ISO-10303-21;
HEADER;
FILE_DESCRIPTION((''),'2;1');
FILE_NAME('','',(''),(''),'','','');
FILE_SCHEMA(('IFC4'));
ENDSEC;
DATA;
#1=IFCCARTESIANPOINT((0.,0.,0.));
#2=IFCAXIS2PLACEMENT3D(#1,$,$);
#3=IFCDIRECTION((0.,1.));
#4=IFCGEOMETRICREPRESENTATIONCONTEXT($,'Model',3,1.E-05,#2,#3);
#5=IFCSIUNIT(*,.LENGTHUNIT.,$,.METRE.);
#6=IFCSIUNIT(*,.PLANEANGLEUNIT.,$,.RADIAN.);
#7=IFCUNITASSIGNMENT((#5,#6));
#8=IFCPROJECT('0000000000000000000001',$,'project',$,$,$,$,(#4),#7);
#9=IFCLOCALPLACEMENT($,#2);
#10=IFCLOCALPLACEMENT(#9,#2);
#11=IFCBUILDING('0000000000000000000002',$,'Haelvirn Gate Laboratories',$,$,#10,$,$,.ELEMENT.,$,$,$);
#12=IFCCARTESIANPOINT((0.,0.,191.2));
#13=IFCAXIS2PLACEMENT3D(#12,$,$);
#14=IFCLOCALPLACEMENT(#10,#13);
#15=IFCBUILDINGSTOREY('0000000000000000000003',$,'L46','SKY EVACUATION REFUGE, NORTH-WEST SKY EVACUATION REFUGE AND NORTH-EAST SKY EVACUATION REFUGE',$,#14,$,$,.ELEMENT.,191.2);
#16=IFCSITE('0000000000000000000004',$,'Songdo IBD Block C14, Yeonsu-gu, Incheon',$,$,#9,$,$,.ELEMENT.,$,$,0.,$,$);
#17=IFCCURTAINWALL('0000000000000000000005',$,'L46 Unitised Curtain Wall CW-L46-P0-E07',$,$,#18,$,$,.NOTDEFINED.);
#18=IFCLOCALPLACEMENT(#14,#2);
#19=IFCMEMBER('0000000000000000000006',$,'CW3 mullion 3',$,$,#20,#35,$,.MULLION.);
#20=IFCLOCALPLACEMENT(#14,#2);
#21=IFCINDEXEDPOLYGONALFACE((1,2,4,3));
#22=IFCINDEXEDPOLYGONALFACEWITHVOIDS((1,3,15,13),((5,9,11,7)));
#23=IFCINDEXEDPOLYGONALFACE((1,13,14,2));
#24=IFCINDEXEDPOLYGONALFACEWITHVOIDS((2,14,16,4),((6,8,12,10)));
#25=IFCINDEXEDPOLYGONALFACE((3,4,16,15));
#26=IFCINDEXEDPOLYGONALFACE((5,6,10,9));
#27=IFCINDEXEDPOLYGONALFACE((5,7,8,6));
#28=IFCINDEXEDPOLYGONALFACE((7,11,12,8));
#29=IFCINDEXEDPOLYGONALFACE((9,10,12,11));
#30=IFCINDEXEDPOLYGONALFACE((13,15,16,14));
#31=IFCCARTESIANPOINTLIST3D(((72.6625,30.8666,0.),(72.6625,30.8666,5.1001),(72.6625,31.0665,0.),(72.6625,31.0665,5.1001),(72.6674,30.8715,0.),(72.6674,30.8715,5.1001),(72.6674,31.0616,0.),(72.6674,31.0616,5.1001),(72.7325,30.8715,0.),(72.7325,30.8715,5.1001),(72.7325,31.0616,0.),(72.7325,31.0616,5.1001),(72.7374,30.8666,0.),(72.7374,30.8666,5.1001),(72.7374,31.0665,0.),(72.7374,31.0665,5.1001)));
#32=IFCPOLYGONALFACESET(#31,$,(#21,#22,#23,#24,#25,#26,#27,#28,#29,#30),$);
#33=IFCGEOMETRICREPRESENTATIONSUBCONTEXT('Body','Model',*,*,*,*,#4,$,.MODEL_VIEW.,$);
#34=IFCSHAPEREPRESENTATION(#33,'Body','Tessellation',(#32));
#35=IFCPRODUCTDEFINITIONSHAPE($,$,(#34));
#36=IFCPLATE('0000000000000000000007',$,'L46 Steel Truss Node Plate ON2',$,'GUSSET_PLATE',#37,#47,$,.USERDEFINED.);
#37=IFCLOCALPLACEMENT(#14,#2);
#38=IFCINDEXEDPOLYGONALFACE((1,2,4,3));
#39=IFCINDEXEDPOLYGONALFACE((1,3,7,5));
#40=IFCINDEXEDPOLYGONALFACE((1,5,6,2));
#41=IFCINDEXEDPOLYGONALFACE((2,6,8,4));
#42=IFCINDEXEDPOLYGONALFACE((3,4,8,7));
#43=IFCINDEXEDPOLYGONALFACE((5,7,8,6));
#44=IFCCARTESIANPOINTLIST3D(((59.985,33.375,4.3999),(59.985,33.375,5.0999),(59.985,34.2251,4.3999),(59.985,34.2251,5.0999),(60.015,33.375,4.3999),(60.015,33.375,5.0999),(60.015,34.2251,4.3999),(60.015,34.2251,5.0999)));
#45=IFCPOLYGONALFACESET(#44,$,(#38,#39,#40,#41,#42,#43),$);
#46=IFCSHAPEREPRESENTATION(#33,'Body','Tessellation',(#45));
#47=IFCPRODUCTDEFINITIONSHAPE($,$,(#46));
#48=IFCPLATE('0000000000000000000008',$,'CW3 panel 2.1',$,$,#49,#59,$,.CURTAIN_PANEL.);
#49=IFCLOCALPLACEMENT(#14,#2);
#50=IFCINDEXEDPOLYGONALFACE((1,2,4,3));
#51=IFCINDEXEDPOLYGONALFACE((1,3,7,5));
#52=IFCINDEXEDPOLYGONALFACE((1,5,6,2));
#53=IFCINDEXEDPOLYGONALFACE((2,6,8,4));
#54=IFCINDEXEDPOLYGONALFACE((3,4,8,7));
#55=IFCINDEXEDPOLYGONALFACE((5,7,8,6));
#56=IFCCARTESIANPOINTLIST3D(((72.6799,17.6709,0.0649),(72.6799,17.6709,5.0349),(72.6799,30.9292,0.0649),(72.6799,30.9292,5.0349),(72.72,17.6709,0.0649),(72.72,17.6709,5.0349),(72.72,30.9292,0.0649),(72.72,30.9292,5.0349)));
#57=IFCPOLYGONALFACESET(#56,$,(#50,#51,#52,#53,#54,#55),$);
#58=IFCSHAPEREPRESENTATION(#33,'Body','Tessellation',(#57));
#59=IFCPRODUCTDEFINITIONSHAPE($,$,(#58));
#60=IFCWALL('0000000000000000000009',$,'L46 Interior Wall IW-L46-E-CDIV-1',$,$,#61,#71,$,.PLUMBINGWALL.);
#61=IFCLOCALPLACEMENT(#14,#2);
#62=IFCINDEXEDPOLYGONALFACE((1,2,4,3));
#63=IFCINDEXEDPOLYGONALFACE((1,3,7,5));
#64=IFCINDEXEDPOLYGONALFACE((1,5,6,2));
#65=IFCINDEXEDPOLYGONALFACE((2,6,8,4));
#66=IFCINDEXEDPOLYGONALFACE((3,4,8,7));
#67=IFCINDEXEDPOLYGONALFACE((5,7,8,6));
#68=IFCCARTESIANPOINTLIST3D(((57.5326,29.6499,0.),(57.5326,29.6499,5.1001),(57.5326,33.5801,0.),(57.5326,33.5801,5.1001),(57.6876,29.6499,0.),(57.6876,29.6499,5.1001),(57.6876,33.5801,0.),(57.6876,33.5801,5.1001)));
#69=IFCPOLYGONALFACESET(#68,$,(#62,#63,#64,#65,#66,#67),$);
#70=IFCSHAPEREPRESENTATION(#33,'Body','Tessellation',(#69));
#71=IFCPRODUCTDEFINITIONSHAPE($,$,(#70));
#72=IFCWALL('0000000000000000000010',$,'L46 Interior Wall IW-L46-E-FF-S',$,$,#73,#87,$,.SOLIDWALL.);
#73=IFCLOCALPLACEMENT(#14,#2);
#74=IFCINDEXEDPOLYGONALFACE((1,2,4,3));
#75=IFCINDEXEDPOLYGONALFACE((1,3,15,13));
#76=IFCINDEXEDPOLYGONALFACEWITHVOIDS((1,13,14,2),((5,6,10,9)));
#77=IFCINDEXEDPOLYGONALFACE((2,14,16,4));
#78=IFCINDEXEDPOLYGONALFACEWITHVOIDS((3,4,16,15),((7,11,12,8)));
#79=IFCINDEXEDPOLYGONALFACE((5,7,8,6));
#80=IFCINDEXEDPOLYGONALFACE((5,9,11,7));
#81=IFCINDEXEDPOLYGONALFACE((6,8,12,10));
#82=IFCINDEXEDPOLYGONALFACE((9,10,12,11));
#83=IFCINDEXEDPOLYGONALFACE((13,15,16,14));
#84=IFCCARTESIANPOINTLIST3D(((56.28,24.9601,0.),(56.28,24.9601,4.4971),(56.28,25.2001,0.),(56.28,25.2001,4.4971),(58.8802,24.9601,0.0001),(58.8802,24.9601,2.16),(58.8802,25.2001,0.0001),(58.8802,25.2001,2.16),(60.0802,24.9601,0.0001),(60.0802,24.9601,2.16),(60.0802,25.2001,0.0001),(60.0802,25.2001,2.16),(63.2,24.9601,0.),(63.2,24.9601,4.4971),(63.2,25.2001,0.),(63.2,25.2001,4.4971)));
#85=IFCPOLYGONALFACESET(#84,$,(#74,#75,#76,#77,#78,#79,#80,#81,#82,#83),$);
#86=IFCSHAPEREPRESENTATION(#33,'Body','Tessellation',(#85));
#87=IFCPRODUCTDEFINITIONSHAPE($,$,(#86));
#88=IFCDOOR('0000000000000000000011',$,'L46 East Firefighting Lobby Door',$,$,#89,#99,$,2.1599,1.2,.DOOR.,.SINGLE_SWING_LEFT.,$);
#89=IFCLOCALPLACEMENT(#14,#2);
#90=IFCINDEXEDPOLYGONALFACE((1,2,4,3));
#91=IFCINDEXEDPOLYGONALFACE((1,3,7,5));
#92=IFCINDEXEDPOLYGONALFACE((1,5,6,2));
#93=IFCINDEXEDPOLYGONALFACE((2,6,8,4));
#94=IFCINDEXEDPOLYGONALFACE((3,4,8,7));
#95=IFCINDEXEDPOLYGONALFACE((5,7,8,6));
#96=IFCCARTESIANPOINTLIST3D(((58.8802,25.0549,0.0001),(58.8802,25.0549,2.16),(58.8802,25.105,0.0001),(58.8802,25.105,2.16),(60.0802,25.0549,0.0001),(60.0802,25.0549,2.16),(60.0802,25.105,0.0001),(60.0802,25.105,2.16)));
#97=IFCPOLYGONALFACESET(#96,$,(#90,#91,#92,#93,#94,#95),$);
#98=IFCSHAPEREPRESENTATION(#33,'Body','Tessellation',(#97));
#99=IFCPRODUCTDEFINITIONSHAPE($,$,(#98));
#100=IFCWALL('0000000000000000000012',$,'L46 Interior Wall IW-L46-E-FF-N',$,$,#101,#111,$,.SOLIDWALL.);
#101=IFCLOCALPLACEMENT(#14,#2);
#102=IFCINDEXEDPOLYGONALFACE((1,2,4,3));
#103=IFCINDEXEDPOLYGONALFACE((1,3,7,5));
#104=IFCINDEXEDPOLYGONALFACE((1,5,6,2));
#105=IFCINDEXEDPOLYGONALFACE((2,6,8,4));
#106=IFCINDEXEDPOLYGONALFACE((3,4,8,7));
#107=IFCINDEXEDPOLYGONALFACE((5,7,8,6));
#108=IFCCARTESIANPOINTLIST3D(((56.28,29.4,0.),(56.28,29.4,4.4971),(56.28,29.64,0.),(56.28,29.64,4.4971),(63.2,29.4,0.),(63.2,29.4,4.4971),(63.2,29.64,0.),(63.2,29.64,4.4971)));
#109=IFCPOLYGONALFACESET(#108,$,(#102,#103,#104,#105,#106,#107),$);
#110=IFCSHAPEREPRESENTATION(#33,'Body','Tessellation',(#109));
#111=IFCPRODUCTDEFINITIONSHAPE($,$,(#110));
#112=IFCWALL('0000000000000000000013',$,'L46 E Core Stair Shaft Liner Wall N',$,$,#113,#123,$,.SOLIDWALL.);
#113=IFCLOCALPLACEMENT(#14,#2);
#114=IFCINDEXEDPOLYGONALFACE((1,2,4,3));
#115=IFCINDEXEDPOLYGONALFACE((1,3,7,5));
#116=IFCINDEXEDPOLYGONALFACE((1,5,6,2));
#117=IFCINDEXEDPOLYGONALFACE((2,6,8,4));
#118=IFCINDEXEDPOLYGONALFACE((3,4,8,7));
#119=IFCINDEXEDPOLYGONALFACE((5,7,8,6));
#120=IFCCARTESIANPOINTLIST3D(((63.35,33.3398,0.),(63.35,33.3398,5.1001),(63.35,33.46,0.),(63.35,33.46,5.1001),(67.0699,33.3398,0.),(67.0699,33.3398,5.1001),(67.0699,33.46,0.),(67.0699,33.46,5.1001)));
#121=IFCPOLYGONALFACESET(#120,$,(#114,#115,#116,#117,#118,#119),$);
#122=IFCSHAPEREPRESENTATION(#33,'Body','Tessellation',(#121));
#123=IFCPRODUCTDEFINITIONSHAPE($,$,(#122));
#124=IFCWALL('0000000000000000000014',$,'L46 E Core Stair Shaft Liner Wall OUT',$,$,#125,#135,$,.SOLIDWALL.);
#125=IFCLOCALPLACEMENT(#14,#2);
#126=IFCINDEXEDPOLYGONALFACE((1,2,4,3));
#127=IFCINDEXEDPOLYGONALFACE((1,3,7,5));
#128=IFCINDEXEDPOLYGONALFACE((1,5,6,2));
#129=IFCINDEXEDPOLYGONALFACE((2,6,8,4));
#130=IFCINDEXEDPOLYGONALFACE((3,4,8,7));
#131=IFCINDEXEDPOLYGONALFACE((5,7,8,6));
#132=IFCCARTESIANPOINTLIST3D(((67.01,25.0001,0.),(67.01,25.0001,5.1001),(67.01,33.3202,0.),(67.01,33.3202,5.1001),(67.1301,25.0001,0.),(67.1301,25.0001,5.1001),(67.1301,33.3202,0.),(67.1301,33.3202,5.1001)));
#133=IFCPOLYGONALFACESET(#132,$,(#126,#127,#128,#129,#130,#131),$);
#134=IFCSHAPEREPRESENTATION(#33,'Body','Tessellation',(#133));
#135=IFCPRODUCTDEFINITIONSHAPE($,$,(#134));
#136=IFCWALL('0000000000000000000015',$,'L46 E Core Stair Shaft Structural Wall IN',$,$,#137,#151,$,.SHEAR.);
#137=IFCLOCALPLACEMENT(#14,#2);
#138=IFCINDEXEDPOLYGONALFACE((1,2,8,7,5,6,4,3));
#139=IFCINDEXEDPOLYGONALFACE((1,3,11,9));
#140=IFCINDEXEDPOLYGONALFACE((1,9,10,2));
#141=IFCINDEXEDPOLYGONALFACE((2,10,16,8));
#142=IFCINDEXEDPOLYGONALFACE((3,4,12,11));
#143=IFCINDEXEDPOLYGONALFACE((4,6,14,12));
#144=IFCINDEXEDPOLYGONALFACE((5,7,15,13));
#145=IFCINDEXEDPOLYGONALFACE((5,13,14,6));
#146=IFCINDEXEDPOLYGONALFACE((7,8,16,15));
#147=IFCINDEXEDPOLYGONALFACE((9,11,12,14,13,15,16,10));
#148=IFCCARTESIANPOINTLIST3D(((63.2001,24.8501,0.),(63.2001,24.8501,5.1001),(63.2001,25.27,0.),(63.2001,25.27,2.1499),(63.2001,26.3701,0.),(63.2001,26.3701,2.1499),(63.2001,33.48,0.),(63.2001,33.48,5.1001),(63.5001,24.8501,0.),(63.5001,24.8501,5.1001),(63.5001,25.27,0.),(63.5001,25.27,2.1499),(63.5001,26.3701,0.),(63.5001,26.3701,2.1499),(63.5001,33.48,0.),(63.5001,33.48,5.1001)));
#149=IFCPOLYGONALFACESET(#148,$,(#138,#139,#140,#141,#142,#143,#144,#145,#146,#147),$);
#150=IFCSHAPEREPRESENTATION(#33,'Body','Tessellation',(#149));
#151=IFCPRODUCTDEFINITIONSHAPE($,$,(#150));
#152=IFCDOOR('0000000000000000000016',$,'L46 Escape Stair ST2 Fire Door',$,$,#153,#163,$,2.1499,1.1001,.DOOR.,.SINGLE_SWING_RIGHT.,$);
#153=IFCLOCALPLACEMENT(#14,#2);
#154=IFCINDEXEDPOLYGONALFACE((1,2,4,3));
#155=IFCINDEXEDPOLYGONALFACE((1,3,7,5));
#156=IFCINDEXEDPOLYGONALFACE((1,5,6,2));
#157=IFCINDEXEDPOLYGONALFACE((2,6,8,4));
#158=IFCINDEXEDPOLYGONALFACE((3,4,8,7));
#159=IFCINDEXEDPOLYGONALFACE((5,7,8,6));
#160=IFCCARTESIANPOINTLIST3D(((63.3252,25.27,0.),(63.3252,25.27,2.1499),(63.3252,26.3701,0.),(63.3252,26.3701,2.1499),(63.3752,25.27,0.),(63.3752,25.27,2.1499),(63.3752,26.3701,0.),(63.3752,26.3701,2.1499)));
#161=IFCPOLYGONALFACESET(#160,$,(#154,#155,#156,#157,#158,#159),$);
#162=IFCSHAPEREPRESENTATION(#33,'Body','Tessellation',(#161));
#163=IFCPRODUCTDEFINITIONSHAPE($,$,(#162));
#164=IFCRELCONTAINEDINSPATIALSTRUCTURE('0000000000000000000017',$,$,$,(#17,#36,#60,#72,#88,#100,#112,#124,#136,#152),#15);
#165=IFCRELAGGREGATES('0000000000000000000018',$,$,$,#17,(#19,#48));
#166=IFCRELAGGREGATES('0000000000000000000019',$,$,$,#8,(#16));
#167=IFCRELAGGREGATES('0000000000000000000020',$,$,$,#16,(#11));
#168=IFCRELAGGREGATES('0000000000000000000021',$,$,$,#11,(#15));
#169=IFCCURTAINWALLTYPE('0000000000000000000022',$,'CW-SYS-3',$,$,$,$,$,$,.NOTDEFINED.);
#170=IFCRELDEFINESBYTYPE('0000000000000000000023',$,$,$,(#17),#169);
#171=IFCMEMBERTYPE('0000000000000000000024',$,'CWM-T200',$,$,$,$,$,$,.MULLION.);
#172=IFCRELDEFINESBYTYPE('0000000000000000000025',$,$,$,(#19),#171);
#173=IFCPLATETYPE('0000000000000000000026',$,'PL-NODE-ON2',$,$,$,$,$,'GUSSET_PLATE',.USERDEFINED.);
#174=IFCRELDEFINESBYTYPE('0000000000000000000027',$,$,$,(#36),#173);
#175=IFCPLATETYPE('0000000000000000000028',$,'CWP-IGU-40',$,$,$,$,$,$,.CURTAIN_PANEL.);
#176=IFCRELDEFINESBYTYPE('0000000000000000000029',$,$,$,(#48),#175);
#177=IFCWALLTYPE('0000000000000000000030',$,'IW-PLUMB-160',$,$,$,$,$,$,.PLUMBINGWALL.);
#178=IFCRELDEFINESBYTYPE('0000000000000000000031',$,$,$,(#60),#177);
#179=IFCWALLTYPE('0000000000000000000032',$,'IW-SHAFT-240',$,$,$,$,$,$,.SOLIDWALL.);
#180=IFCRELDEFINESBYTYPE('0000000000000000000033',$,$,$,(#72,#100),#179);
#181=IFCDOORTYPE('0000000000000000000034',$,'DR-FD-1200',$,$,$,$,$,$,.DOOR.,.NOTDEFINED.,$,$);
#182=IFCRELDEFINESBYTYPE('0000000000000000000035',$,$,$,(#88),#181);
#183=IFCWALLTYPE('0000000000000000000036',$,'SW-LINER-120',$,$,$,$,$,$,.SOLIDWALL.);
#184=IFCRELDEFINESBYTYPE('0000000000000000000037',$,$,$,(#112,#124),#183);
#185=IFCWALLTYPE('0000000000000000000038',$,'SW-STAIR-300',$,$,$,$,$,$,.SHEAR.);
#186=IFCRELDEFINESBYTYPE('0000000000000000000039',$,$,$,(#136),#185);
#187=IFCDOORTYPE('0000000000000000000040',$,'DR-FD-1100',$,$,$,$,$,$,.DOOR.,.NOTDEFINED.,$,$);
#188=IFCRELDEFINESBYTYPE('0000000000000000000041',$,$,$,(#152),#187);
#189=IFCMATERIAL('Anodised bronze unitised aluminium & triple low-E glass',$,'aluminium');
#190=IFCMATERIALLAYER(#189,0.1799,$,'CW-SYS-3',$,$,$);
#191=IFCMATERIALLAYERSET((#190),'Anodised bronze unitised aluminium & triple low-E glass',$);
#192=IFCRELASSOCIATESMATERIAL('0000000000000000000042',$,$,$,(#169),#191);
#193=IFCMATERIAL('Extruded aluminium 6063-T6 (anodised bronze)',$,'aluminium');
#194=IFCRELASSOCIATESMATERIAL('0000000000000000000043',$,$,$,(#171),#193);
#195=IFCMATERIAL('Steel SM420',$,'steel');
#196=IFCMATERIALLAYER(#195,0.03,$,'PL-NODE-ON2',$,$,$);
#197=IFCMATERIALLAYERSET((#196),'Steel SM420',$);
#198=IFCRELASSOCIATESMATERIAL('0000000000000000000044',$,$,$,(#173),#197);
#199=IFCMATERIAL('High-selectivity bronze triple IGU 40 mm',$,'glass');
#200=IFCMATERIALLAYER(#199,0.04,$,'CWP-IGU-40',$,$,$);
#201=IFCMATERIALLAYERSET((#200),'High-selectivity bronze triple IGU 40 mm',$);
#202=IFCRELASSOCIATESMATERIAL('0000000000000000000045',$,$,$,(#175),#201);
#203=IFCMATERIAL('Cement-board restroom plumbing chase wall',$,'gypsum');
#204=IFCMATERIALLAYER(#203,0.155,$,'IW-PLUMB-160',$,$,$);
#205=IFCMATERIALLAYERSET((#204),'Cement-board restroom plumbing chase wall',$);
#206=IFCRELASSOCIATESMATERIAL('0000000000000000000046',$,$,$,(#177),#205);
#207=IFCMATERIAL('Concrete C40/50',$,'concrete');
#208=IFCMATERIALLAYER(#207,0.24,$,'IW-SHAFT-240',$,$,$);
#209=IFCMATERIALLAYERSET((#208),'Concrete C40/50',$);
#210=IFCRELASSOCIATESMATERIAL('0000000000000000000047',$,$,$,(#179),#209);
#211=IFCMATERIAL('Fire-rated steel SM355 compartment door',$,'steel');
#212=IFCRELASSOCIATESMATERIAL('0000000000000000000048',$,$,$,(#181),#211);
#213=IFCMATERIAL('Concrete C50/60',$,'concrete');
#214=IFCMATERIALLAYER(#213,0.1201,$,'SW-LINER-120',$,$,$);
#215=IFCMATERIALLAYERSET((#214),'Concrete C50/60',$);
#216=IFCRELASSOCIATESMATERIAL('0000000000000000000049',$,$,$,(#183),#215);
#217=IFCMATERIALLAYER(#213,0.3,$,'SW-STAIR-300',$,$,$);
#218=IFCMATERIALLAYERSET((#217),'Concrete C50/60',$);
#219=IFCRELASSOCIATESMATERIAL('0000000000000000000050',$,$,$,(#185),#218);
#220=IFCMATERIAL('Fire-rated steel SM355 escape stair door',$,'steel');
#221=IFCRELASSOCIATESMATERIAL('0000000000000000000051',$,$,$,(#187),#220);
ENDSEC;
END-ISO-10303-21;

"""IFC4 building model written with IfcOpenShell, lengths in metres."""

from ifc_helpers import new_model, si_unit, direction, frame, frame_2d, origin, origin_2d, place, context, subcontext, project, spatial, rectangle, hollow_rectangle, extrude, source, transform, mapped, material, layer, layer_set, material_profile, profile_set, type_object, type_shapes, element, fill, aggregate, save


model = new_model("IFC4")

# Units and contexts
model_context = context("Model", 3, precision=1e-05, world=origin(), true_north=direction((0.0, 1.0)))
body_context = subcontext(model_context, "Body", "Model", "MODEL_VIEW")
ifc_project = project(units=[si_unit("LENGTHUNIT", "METRE"), si_unit("PLANEANGLEUNIT", "RADIAN")], contexts=[model_context])

# Site, building, storey
site_placement = place(None, origin())
site = spatial("IfcSite", under=ifc_project, at=site_placement, Name="Songdo IBD Block C14, Yeonsu-gu, Incheon", CompositionType="ELEMENT", RefElevation=0.0)
building_placement = place(site_placement, origin())
building = spatial("IfcBuilding", under=site, at=building_placement, Name="Haelvirn Gate Laboratories", CompositionType="ELEMENT")
storey_placement = place(building_placement, frame((0.0, 0.0, 191.2)))
storey = spatial("IfcBuildingStorey", under=building, at=storey_placement, Name="L46", Description="SKY EVACUATION REFUGE, NORTH-WEST SKY EVACUATION REFUGE AND NORTH-EAST SKY EVACUATION REFUGE", CompositionType="ELEMENT", Elevation=191.2)

# Shared definitions
ifc_material_1 = material(Name="Steel SM420", Category="steel")

# Curtain wall, member
ifc_material_2 = material(Name="Anodised bronze unitised aluminium & triple low-E glass", Category="aluminium")
ifc_layer_1 = layer(ifc_material_2, 0.1799, Name="CW-SYS-3")
ifc_layer_set_1 = layer_set([ifc_layer_1], Name="Anodised bronze unitised aluminium & triple low-E glass")
curtain_wall_type = type_object("IfcCurtainWallType", Name="CW-SYS-3", PredefinedType="NOTDEFINED", material=ifc_layer_set_1)
curtain_wall_placement = place(storey_placement, origin())
curtain_wall = element("IfcCurtainWall", 1, at=curtain_wall_placement, inside=storey, type_object=curtain_wall_type, Name="L46 Unitised Curtain Wall CW-L46-P0-E07", PredefinedType="NOTDEFINED")
ifc_material_3 = material(Name="Extruded aluminium 6063-T6 (anodised bronze)", Category="aluminium")
ifc_material_profile_1 = material_profile(ifc_material_3, hollow_rectangle(XDim=0.075, YDim=0.2, WallThickness=0.0049, at=origin_2d()), Name="CWM-200x75x5")
ifc_profile_set_1 = profile_set([ifc_material_profile_1], Name="Extruded aluminium 6063-T6 (anodised bronze)")
member_type_1 = type_object("IfcMemberType", Name="CWM-T200", PredefinedType="MULLION", material=ifc_profile_set_1)
shared_shape_1 = source(origin(), body_context, "Body", "SweptSolid", [
    extrude(hollow_rectangle(XDim=0.075, YDim=0.2, WallThickness=0.0049, at=origin_2d()), origin(), (0.0, 0.0, 1.0), 5.1001),
])
type_shapes(member_type_1, [shared_shape_1])
member_1_placement = place(storey_placement, frame((72.7, 30.9666, 0.0), z_axis=(0.0, 0.0, 1.0), x_axis=(-1.0, 0.0, 0.0)))
member_1 = element("IfcMember", 2, at=member_1_placement, type_object=member_type_1, Name="CW3 mullion 3", PredefinedType="MULLION", context=body_context, shape_type="MappedRepresentation", body=[
    mapped(shared_shape_1, transform((0.0, 0.0, 0.0), scale=1.0)),
])

# Plates
ifc_layer_2 = layer(ifc_material_1, 0.03, Name="PL-NODE-ON2")
ifc_layer_set_2 = layer_set([ifc_layer_2], Name="Steel SM420")
plate_type_1 = type_object("IfcPlateType", Name="PL-NODE-ON2", ElementType="GUSSET_PLATE", PredefinedType="USERDEFINED", material=ifc_layer_set_2)
shared_shape_2 = source(origin(), body_context, "Body", "SweptSolid", [
    extrude(rectangle(XDim=0.8501, YDim=0.03, at=origin_2d()), origin(), (0.0, 0.0, 1.0), 0.7),
])
type_shapes(plate_type_1, [shared_shape_2])
plate_1_placement = place(storey_placement, frame((60.0, 33.8, 4.3999), z_axis=(0.0, 0.0, 1.0), x_axis=(0.0, 1.0, 0.0)))
element("IfcPlate", 3, at=plate_1_placement, inside=storey, type_object=plate_type_1, Name="L46 Steel Truss Node Plate ON2", ObjectType="GUSSET_PLATE", PredefinedType="USERDEFINED", context=body_context, shape_type="MappedRepresentation", body=[
    mapped(shared_shape_2, transform((0.0, 0.0, 0.0), scale=1.0)),
])
ifc_material_4 = material(Name="High-selectivity bronze triple IGU 40 mm", Category="glass")
ifc_layer_3 = layer(ifc_material_4, 0.04, Name="CWP-IGU-40")
ifc_layer_set_3 = layer_set([ifc_layer_3], Name="High-selectivity bronze triple IGU 40 mm")
plate_type_2 = type_object("IfcPlateType", Name="CWP-IGU-40", PredefinedType="CURTAIN_PANEL", material=ifc_layer_set_3)
shared_shape_3 = source(origin(), body_context, "Body", "SweptSolid", [
    extrude(rectangle(XDim=13.2583, YDim=0.04, at=origin_2d()), origin(), (0.0, 0.0, 1.0), 4.97),
])
type_shapes(plate_type_2, [shared_shape_3])
plate_2_placement = place(storey_placement, frame((72.7, 24.3, 0.0649), z_axis=(0.0, 0.0, 1.0), x_axis=(0.0, 1.0, 0.0)))
plate_2 = element("IfcPlate", 4, at=plate_2_placement, type_object=plate_type_2, Name="CW3 panel 2.1", PredefinedType="CURTAIN_PANEL", context=body_context, shape_type="MappedRepresentation", body=[
    mapped(shared_shape_3, transform((0.0, 0.0, 0.0), scale=1.0)),
])
aggregate(curtain_wall, [member_1, plate_2])

# Wall
ifc_material_5 = material(Name="Cement-board restroom plumbing chase wall", Category="gypsum")
ifc_layer_4 = layer(ifc_material_5, 0.155, Name="IW-PLUMB-160")
ifc_layer_set_4 = layer_set([ifc_layer_4], Name="Cement-board restroom plumbing chase wall")
wall_type_1 = type_object("IfcWallType", Name="IW-PLUMB-160", PredefinedType="PLUMBINGWALL", material=ifc_layer_set_4)
wall_1_placement = place(storey_placement, frame((57.6101, 29.6499, 0.0), z_axis=(0.0, 0.0, 1.0), x_axis=(0.0, 1.0, 0.0)))
element("IfcWall", 5, at=wall_1_placement, inside=storey, type_object=wall_type_1, Name="L46 Interior Wall IW-L46-E-CDIV-1", PredefinedType="PLUMBINGWALL", context=body_context, shape_type="SweptSolid", body=[
    extrude(rectangle(XDim=3.9302, YDim=0.155, at=frame_2d((1.9651, 0.0))), origin(), (0.0, 0.0, 1.0), 5.1001),
])

# Wall, opening, door
ifc_material_6 = material(Name="Concrete C40/50", Category="concrete")
ifc_layer_5 = layer(ifc_material_6, 0.24, Name="IW-SHAFT-240")
ifc_layer_set_5 = layer_set([ifc_layer_5], Name="Concrete C40/50")
wall_type_2 = type_object("IfcWallType", Name="IW-SHAFT-240", PredefinedType="SOLIDWALL", material=ifc_layer_set_5)
wall_2_placement = place(storey_placement, frame((56.28, 25.0801, 0.0), z_axis=(0.0, 0.0, 1.0), x_axis=(1.0, 0.0, 0.0)))
wall_2 = element("IfcWall", 6, at=wall_2_placement, inside=storey, type_object=wall_type_2, Name="L46 Interior Wall IW-L46-E-FF-S", PredefinedType="SOLIDWALL", context=body_context, shape_type="SweptSolid", body=[
    extrude(rectangle(XDim=6.9199, YDim=0.24, at=frame_2d((3.46, 0.0))), origin(), (0.0, 0.0, 1.0), 4.4971),
])
opening_1_placement = place(wall_2_placement, frame((2.6001, 0.0, 0.0)))
opening_1 = element("IfcOpeningElement", 7, at=opening_1_placement, cuts=wall_2, PredefinedType="OPENING", context=body_context, shape_type="SweptSolid", body=[
    extrude(rectangle(XDim=1.2, YDim=2.1599, at=frame_2d((0.6001, 1.0801))), frame((0.0, 0.1299, 0.0), z_axis=(0.0, -1.0, 0.0), x_axis=(1.0, 0.0, 0.0)), (0.0, 0.0, 1.0), 0.26),
])
ifc_material_7 = material(Name="Fire-rated steel SM355 compartment door", Category="steel")
door_type_1 = type_object("IfcDoorType", Name="DR-FD-1200", OperationType="NOTDEFINED", PredefinedType="DOOR", material=ifc_material_7)
shared_shape_4 = source(origin(), body_context, "Body", "SweptSolid", [
    extrude(rectangle(XDim=1.2, YDim=2.1599, at=frame_2d((0.6001, 1.0801))), frame((0.0, 0.0249, 0.0), z_axis=(0.0, -1.0, 0.0), x_axis=(1.0, 0.0, 0.0)), (0.0, 0.0, 1.0), 0.05),
])
type_shapes(door_type_1, [shared_shape_4])
door_1_placement = place(opening_1_placement, origin())
door_1 = element("IfcDoor", 8, at=door_1_placement, inside=storey, type_object=door_type_1, Name="L46 East Firefighting Lobby Door", OperationType="SINGLE_SWING_LEFT", OverallHeight=2.1599, OverallWidth=1.2, PredefinedType="DOOR", context=body_context, shape_type="MappedRepresentation", body=[
    mapped(shared_shape_4, transform((0.0, 0.0, 0.0), scale=1.0)),
])
fill(opening_1, door_1)

# Walls
wall_3_placement = place(storey_placement, frame((56.28, 29.52, 0.0), z_axis=(0.0, 0.0, 1.0), x_axis=(1.0, 0.0, 0.0)))
element("IfcWall", 9, at=wall_3_placement, inside=storey, type_object=wall_type_2, Name="L46 Interior Wall IW-L46-E-FF-N", PredefinedType="SOLIDWALL", context=body_context, shape_type="SweptSolid", body=[
    extrude(rectangle(XDim=6.9199, YDim=0.24, at=frame_2d((3.46, 0.0))), origin(), (0.0, 0.0, 1.0), 4.4971),
])
ifc_material_8 = material(Name="Concrete C50/60", Category="concrete")
ifc_layer_6 = layer(ifc_material_8, 0.1201, Name="SW-LINER-120")
ifc_layer_set_6 = layer_set([ifc_layer_6], Name="Concrete C50/60")
wall_type_3 = type_object("IfcWallType", Name="SW-LINER-120", PredefinedType="SOLIDWALL", material=ifc_layer_set_6)
wall_4_placement = place(storey_placement, frame((63.3501, 33.3999, 0.0), z_axis=(0.0, 0.0, 1.0), x_axis=(1.0, 0.0, 0.0)))
element("IfcWall", 10, at=wall_4_placement, inside=storey, type_object=wall_type_3, Name="L46 E Core Stair Shaft Liner Wall N", PredefinedType="SOLIDWALL", context=body_context, shape_type="SweptSolid", body=[
    extrude(rectangle(XDim=3.72, YDim=0.1201, at=frame_2d((1.8599, 0.0))), origin(), (0.0, 0.0, 1.0), 5.1001),
])
wall_5_placement = place(storey_placement, frame((67.0701, 25.0, 0.0), z_axis=(0.0, 0.0, 1.0), x_axis=(0.0, 1.0, 0.0)))
element("IfcWall", 11, at=wall_5_placement, inside=storey, type_object=wall_type_3, Name="L46 E Core Stair Shaft Liner Wall OUT", PredefinedType="SOLIDWALL", context=body_context, shape_type="SweptSolid", body=[
    extrude(rectangle(XDim=8.3201, YDim=0.1201, at=frame_2d((4.1602, 0.0))), origin(), (0.0, 0.0, 1.0), 5.1001),
])

# Wall, opening, door
ifc_layer_7 = layer(ifc_material_8, 0.3, Name="SW-STAIR-300")
ifc_layer_set_7 = layer_set([ifc_layer_7], Name="Concrete C50/60")
wall_type_4 = type_object("IfcWallType", Name="SW-STAIR-300", PredefinedType="SHEAR", material=ifc_layer_set_7)
wall_6_placement = place(storey_placement, frame((63.3501, 24.8501, 0.0), z_axis=(0.0, 0.0, 1.0), x_axis=(0.0, 1.0, 0.0)))
wall_6 = element("IfcWall", 12, at=wall_6_placement, inside=storey, type_object=wall_type_4, Name="L46 E Core Stair Shaft Structural Wall IN", PredefinedType="SHEAR", context=body_context, shape_type="SweptSolid", body=[
    extrude(rectangle(XDim=8.6299, YDim=0.3, at=frame_2d((4.3149, 0.0))), origin(), (0.0, 0.0, 1.0), 5.1001),
])
opening_2_placement = place(wall_6_placement, frame((0.4199, 0.0, 0.0)))
opening_2 = element("IfcOpeningElement", 13, at=opening_2_placement, cuts=wall_6, PredefinedType="OPENING", context=body_context, shape_type="SweptSolid", body=[
    extrude(rectangle(XDim=1.1001, YDim=2.1499, at=frame_2d((0.55, 1.075))), frame((0.0, 0.1602, 0.0), z_axis=(0.0, -1.0, 0.0), x_axis=(1.0, 0.0, 0.0)), (0.0, 0.0, 1.0), 0.3201),
])
ifc_material_9 = material(Name="Fire-rated steel SM355 escape stair door", Category="steel")
door_type_2 = type_object("IfcDoorType", Name="DR-FD-1100", OperationType="NOTDEFINED", PredefinedType="DOOR", material=ifc_material_9)
shared_shape_5 = source(origin(), body_context, "Body", "SweptSolid", [
    extrude(rectangle(XDim=1.1001, YDim=2.1499, at=frame_2d((0.55, 1.075))), frame((0.0, 0.0249, 0.0), z_axis=(0.0, -1.0, 0.0), x_axis=(1.0, 0.0, 0.0)), (0.0, 0.0, 1.0), 0.05),
])
type_shapes(door_type_2, [shared_shape_5])
door_2_placement = place(opening_2_placement, origin())
door_2 = element("IfcDoor", 14, at=door_2_placement, inside=storey, type_object=door_type_2, Name="L46 Escape Stair ST2 Fire Door", OperationType="SINGLE_SWING_RIGHT", OverallHeight=2.1499, OverallWidth=1.1001, PredefinedType="DOOR", context=body_context, shape_type="MappedRepresentation", body=[
    mapped(shared_shape_5, transform((0.0, 0.0, 0.0), scale=1.0)),
])
fill(opening_2, door_2)

save(model, "model.ifc")
